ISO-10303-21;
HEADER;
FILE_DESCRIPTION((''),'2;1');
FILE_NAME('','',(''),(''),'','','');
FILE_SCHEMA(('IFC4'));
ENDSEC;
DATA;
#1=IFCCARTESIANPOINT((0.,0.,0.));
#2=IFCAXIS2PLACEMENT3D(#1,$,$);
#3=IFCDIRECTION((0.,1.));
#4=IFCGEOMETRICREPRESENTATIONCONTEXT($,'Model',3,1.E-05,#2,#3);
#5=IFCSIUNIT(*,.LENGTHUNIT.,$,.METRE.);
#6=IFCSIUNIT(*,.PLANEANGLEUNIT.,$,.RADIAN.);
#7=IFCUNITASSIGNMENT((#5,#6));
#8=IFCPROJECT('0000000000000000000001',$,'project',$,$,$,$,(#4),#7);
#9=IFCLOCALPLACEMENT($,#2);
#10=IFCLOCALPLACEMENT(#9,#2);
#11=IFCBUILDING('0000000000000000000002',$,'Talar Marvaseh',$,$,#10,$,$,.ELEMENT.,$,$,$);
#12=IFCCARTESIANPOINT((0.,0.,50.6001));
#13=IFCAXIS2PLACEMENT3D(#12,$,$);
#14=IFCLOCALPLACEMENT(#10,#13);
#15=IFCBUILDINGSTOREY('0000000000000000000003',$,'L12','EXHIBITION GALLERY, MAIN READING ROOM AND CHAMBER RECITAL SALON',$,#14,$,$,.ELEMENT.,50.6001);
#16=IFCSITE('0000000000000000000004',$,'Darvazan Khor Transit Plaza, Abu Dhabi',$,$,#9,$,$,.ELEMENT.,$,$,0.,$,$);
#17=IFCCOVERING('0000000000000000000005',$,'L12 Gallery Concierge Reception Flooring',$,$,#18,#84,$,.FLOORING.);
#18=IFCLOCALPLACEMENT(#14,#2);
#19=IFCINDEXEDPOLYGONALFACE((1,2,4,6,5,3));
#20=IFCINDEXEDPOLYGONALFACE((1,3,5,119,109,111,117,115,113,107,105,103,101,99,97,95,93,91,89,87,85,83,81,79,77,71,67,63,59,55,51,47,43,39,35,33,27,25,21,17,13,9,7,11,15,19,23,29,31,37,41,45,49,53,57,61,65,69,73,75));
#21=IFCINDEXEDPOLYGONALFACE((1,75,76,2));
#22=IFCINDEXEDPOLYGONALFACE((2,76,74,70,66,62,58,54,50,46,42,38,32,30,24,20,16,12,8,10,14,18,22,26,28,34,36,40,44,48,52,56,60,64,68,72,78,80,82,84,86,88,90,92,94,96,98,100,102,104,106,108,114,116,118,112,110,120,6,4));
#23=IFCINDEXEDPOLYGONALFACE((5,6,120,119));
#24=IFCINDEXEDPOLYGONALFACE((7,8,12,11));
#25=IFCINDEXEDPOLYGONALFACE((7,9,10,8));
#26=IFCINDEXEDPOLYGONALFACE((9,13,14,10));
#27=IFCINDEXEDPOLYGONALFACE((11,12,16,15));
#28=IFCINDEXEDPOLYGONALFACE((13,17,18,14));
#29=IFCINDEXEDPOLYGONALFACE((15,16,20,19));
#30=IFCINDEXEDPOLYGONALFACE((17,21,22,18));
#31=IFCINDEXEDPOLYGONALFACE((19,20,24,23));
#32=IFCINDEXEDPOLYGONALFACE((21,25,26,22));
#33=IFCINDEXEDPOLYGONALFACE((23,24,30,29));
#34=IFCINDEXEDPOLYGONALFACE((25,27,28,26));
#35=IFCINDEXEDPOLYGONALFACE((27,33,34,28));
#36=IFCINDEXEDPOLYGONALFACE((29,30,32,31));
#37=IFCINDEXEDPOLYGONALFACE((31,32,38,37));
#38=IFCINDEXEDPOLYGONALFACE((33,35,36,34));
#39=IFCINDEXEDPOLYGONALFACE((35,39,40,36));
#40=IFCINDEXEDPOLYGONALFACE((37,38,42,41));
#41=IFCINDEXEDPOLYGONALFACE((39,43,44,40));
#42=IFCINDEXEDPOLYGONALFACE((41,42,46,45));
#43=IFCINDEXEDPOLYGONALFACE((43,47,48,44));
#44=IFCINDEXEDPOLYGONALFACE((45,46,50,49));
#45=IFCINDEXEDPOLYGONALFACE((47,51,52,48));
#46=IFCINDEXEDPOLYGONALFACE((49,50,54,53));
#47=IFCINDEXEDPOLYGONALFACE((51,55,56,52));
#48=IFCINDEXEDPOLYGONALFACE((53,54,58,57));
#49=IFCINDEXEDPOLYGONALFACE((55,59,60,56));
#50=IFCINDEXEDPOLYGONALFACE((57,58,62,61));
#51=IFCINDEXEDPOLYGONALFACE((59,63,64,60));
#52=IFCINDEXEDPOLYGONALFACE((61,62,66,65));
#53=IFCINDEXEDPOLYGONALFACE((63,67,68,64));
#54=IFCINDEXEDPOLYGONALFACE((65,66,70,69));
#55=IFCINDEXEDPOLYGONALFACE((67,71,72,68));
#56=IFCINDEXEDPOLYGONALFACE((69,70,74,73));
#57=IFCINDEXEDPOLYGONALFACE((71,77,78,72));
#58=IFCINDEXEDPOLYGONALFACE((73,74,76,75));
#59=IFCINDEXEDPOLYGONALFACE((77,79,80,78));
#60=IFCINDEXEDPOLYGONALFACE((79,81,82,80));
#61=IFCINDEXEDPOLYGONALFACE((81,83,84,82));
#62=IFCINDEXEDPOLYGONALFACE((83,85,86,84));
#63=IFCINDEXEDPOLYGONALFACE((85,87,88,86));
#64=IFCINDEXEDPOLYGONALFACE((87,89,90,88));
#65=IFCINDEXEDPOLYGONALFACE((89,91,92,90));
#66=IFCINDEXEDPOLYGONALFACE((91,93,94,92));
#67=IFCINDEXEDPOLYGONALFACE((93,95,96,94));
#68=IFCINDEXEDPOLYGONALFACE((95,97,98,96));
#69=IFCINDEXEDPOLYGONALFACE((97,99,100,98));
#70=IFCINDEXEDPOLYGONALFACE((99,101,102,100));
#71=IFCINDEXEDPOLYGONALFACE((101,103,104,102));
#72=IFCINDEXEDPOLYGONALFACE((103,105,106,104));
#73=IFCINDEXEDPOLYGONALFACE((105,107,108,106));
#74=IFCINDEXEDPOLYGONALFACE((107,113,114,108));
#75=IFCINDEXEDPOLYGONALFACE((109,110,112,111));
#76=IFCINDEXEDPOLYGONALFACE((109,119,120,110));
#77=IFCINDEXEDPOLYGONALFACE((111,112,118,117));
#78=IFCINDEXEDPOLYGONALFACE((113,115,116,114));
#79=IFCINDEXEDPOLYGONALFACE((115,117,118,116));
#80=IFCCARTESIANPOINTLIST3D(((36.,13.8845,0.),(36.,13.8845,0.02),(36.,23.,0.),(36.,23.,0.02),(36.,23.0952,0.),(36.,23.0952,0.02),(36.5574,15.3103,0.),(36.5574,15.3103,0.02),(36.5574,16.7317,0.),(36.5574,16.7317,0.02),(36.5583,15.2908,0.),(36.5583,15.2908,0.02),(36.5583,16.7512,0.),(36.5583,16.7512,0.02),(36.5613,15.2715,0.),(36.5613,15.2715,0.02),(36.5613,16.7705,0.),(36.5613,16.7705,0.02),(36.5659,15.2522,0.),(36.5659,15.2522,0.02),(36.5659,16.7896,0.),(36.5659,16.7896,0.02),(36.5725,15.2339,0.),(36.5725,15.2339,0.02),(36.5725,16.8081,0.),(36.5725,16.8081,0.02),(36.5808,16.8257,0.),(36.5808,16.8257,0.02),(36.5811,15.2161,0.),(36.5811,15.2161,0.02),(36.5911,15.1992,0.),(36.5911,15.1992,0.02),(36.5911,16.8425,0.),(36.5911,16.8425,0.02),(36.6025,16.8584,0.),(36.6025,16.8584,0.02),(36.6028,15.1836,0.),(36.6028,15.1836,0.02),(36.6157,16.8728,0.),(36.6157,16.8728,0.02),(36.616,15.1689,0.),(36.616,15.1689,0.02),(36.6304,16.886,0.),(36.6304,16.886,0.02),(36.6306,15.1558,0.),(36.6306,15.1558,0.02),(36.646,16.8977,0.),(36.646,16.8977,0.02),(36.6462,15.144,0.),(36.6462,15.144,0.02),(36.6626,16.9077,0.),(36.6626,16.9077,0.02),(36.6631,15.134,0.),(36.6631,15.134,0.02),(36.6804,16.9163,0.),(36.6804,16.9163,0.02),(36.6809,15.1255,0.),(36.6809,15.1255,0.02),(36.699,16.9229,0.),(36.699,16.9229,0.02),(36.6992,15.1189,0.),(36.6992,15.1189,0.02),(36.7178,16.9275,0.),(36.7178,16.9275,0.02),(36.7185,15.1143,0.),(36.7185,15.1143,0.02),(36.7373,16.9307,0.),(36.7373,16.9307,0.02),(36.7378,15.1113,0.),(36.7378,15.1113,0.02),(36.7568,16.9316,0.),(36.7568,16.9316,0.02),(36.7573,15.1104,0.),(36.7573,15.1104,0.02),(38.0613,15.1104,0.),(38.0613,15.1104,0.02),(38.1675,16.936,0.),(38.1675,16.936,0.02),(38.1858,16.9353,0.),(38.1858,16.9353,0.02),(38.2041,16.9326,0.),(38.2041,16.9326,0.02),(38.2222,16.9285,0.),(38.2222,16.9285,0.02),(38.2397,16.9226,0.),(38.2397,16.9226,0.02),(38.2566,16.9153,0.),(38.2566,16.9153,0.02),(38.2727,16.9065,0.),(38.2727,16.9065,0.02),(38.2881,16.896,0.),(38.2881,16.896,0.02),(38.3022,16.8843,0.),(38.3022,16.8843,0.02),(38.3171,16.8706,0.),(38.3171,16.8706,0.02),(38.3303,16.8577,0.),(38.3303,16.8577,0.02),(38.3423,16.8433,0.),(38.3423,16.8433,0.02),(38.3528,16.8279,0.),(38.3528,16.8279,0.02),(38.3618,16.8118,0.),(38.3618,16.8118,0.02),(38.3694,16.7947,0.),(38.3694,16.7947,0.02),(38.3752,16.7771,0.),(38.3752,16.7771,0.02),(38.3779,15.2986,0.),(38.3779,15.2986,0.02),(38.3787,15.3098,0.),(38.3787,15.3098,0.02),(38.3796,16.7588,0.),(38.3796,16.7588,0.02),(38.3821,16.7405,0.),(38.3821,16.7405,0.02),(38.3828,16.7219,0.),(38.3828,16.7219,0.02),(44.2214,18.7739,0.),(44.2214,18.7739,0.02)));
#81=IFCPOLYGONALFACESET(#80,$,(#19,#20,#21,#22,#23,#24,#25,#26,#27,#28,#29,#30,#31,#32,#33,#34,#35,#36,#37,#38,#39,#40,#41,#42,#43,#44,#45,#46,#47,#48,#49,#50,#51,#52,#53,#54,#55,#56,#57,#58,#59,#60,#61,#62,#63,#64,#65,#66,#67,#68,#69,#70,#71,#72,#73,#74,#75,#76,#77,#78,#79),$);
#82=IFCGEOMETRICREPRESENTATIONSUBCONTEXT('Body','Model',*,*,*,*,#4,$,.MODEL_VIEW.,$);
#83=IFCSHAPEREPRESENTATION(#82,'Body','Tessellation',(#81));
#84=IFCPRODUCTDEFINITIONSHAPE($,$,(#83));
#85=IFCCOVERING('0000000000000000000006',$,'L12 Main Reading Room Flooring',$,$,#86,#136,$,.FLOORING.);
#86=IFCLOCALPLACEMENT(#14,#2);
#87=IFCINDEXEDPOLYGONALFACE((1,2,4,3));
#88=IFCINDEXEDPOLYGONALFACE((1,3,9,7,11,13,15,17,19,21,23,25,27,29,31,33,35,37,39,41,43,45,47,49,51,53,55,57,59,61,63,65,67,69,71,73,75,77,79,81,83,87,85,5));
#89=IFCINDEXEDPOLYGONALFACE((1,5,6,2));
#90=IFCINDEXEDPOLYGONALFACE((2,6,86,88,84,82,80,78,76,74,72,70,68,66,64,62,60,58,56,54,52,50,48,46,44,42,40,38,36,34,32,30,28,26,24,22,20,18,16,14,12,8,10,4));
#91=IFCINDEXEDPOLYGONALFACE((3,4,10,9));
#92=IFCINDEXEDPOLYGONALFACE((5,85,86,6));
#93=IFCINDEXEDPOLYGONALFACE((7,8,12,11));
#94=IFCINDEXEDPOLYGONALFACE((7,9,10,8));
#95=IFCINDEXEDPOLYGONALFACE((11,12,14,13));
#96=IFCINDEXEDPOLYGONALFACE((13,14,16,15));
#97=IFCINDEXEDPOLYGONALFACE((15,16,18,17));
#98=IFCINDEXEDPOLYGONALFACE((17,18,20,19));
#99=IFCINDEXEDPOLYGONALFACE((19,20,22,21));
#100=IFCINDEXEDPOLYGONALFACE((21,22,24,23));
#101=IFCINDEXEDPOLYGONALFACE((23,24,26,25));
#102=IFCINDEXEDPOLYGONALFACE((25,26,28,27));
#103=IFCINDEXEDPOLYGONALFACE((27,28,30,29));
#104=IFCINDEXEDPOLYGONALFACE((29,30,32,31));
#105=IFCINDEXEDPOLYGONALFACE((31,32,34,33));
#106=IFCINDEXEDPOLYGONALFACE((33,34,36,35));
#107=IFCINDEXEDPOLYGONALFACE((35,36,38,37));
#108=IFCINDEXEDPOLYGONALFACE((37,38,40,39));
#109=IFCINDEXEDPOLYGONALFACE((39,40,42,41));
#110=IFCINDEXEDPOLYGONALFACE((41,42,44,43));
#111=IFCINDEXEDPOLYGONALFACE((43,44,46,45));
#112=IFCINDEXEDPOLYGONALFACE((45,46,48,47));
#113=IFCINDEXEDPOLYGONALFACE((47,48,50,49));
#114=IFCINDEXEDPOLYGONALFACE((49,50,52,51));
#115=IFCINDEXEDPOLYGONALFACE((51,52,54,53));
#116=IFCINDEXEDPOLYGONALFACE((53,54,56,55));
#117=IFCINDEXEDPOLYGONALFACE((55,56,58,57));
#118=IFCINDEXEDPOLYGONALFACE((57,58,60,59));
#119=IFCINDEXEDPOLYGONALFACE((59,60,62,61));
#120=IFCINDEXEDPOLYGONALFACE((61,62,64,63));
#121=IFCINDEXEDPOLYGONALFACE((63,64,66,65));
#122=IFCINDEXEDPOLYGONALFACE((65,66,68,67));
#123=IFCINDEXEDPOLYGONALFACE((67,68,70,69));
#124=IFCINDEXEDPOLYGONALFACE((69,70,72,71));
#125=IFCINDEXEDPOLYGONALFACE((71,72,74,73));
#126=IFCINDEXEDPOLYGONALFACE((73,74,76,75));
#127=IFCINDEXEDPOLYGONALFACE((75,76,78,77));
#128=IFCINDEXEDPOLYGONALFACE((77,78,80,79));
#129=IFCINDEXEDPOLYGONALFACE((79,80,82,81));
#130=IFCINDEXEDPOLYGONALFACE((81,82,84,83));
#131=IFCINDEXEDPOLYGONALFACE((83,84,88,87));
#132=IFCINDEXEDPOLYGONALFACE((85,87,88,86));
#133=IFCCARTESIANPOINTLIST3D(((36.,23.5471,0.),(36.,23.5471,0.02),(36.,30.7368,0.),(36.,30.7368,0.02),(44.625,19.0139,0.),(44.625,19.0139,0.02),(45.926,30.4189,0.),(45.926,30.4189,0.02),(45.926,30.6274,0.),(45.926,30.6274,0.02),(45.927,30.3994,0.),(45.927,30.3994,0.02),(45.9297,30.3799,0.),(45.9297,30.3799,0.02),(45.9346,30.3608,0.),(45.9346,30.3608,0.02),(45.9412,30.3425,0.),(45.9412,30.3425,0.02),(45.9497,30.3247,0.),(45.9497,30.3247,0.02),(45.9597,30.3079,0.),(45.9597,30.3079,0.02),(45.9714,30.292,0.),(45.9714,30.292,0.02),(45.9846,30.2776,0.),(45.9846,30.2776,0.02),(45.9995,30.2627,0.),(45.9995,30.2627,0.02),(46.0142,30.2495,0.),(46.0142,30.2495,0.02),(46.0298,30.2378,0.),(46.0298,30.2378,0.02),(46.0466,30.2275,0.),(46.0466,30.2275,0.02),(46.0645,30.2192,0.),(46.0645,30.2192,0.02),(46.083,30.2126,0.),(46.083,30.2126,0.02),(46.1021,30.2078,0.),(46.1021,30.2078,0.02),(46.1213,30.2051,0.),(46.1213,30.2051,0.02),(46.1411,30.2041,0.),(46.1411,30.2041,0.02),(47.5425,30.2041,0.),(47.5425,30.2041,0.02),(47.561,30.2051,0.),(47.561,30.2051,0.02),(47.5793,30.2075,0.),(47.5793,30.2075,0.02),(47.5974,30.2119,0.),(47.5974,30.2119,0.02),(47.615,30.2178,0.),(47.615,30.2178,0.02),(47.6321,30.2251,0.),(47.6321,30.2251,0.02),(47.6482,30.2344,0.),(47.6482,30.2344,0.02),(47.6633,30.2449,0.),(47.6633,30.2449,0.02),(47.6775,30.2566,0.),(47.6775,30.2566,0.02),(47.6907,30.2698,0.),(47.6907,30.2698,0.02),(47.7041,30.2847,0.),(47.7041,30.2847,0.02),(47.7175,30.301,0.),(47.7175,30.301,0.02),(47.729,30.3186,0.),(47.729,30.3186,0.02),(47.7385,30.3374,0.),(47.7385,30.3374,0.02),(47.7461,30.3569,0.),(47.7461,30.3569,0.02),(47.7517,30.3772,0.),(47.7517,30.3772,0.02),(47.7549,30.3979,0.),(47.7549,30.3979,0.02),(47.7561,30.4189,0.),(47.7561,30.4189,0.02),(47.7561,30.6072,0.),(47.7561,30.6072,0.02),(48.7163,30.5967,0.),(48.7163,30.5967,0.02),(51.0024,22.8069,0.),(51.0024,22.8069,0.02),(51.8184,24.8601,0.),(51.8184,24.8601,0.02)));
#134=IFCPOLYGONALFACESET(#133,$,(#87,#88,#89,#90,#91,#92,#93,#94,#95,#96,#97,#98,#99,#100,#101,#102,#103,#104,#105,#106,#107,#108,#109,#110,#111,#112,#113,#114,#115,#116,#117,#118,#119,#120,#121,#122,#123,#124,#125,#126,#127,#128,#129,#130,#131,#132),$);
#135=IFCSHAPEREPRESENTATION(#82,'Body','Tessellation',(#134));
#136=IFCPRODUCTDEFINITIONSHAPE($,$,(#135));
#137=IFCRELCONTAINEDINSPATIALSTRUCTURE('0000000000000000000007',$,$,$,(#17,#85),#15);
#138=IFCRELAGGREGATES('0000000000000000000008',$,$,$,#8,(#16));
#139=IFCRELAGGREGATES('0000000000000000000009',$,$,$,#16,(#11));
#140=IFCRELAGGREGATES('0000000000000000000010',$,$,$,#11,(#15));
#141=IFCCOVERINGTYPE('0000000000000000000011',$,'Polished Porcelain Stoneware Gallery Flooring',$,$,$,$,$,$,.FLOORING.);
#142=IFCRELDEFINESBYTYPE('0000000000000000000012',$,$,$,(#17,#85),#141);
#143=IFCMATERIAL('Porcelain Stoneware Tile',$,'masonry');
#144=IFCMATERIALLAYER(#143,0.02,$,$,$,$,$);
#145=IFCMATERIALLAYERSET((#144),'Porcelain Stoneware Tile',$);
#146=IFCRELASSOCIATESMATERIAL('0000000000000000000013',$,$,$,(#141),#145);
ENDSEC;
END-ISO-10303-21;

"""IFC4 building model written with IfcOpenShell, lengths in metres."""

from ifc_helpers import new_model, si_unit, direction, frame, origin, place, context, subcontext, project, spatial, polyline, outline, extrude, material, layer, layer_set, type_object, element, save


model = new_model("IFC4")

# Units and contexts
model_context = context("Model", 3, precision=1e-05, world=origin(), true_north=direction((0.0, 1.0)))
body_context = subcontext(model_context, "Body", "Model", "MODEL_VIEW")
ifc_project = project(units=[si_unit("LENGTHUNIT", "METRE"), si_unit("PLANEANGLEUNIT", "RADIAN")], contexts=[model_context])

# Site, building, storey
site_placement = place(None, origin())
site = spatial("IfcSite", under=ifc_project, at=site_placement, Name="Darvazan Khor Transit Plaza, Abu Dhabi", CompositionType="ELEMENT", RefElevation=0.0)
building_placement = place(site_placement, origin())
building = spatial("IfcBuilding", under=site, at=building_placement, Name="Talar Marvaseh", CompositionType="ELEMENT")
storey_placement = place(building_placement, frame((0.0, 0.0, 50.6001)))
storey = spatial("IfcBuildingStorey", under=building, at=storey_placement, Name="L12", Description="EXHIBITION GALLERY, MAIN READING ROOM AND CHAMBER RECITAL SALON", CompositionType="ELEMENT", Elevation=50.6001)

# Coverings
ifc_material_1 = material(Name="Porcelain Stoneware Tile", Category="masonry")
ifc_layer_1 = layer(ifc_material_1, 0.02)
ifc_layer_set_1 = layer_set([ifc_layer_1], Name="Porcelain Stoneware Tile")
covering_type_1 = type_object("IfcCoveringType", Name="Polished Porcelain Stoneware Gallery Flooring", PredefinedType="FLOORING", material=ifc_layer_set_1)
covering_1_placement = place(storey_placement, origin())
element("IfcCovering", 1, at=covering_1_placement, inside=storey, type_object=covering_type_1, Name="L12 Gallery Concierge Reception Flooring", PredefinedType="FLOORING", context=body_context, shape_type="SweptSolid", body=[
    extrude(outline(polyline([(44.2214, 18.7739), (38.3779, 15.2986), (38.3787, 15.3098), (38.3828, 16.7219), (38.3821, 16.7405), (38.3796, 16.7588), (38.3752, 16.7771), (38.3694, 16.7947), (38.3618, 16.8118), (38.3528, 16.8279), (38.3423, 16.8433), (38.3303, 16.8577), (38.3171, 16.8706), (38.3022, 16.8843), (38.2881, 16.896), (38.2727, 16.9065), (38.2566, 16.9153), (38.2397, 16.9226), (38.2222, 16.9285), (38.2041, 16.9326), (38.1858, 16.9353), (38.1675, 16.936), (36.7568, 16.9316), (36.7373, 16.9307), (36.7178, 16.9275), (36.699, 16.9229), (36.6804, 16.9163), (36.6626, 16.9077), (36.646, 16.8977), (36.6304, 16.886), (36.6157, 16.8728), (36.6025, 16.8584), (36.5911, 16.8425), (36.5808, 16.8257), (36.5725, 16.8081), (36.5659, 16.7896), (36.5613, 16.7705), (36.5583, 16.7512), (36.5574, 16.7317), (36.5574, 15.3103), (36.5583, 15.2908), (36.5613, 15.2715), (36.5659, 15.2522), (36.5725, 15.2339), (36.5811, 15.2161), (36.5911, 15.1992), (36.6028, 15.1836), (36.616, 15.1689), (36.6306, 15.1558), (36.6462, 15.144), (36.6631, 15.134), (36.6809, 15.1255), (36.6992, 15.1189), (36.7185, 15.1143), (36.7378, 15.1113), (36.7573, 15.1104), (38.0613, 15.1104), (36.0, 13.8845), (36.0, 23.0), (36.0, 23.0952), (44.2214, 18.7739)])), origin(), (0.0, 0.0, 1.0), 0.02),
])
covering_2_placement = place(storey_placement, origin())
element("IfcCovering", 2, at=covering_2_placement, inside=storey, type_object=covering_type_1, Name="L12 Main Reading Room Flooring", PredefinedType="FLOORING", context=body_context, shape_type="SweptSolid", body=[
    extrude(outline(polyline([(36.0, 23.5471), (36.0, 30.7368), (45.926, 30.6274), (45.926, 30.4189), (45.927, 30.3994), (45.9297, 30.3799), (45.9346, 30.3608), (45.9412, 30.3425), (45.9497, 30.3247), (45.9597, 30.3079), (45.9714, 30.292), (45.9846, 30.2776), (45.9995, 30.2627), (46.0142, 30.2495), (46.0298, 30.2378), (46.0466, 30.2275), (46.0645, 30.2192), (46.083, 30.2126), (46.1021, 30.2078), (46.1213, 30.2051), (46.1411, 30.2041), (47.5425, 30.2041), (47.561, 30.2051), (47.5793, 30.2075), (47.5974, 30.2119), (47.615, 30.2178), (47.6321, 30.2251), (47.6482, 30.2344), (47.6633, 30.2449), (47.6775, 30.2566), (47.6907, 30.2698), (47.7041, 30.2847), (47.7175, 30.301), (47.729, 30.3186), (47.7385, 30.3374), (47.7461, 30.3569), (47.7517, 30.3772), (47.7549, 30.3979), (47.7561, 30.4189), (47.7561, 30.6072), (48.7163, 30.5967), (51.8184, 24.8601), (51.0024, 22.8069), (44.625, 19.0139), (36.0, 23.5471)])), origin(), (0.0, 0.0, 1.0), 0.02),
])

save(model, "model.ifc")
